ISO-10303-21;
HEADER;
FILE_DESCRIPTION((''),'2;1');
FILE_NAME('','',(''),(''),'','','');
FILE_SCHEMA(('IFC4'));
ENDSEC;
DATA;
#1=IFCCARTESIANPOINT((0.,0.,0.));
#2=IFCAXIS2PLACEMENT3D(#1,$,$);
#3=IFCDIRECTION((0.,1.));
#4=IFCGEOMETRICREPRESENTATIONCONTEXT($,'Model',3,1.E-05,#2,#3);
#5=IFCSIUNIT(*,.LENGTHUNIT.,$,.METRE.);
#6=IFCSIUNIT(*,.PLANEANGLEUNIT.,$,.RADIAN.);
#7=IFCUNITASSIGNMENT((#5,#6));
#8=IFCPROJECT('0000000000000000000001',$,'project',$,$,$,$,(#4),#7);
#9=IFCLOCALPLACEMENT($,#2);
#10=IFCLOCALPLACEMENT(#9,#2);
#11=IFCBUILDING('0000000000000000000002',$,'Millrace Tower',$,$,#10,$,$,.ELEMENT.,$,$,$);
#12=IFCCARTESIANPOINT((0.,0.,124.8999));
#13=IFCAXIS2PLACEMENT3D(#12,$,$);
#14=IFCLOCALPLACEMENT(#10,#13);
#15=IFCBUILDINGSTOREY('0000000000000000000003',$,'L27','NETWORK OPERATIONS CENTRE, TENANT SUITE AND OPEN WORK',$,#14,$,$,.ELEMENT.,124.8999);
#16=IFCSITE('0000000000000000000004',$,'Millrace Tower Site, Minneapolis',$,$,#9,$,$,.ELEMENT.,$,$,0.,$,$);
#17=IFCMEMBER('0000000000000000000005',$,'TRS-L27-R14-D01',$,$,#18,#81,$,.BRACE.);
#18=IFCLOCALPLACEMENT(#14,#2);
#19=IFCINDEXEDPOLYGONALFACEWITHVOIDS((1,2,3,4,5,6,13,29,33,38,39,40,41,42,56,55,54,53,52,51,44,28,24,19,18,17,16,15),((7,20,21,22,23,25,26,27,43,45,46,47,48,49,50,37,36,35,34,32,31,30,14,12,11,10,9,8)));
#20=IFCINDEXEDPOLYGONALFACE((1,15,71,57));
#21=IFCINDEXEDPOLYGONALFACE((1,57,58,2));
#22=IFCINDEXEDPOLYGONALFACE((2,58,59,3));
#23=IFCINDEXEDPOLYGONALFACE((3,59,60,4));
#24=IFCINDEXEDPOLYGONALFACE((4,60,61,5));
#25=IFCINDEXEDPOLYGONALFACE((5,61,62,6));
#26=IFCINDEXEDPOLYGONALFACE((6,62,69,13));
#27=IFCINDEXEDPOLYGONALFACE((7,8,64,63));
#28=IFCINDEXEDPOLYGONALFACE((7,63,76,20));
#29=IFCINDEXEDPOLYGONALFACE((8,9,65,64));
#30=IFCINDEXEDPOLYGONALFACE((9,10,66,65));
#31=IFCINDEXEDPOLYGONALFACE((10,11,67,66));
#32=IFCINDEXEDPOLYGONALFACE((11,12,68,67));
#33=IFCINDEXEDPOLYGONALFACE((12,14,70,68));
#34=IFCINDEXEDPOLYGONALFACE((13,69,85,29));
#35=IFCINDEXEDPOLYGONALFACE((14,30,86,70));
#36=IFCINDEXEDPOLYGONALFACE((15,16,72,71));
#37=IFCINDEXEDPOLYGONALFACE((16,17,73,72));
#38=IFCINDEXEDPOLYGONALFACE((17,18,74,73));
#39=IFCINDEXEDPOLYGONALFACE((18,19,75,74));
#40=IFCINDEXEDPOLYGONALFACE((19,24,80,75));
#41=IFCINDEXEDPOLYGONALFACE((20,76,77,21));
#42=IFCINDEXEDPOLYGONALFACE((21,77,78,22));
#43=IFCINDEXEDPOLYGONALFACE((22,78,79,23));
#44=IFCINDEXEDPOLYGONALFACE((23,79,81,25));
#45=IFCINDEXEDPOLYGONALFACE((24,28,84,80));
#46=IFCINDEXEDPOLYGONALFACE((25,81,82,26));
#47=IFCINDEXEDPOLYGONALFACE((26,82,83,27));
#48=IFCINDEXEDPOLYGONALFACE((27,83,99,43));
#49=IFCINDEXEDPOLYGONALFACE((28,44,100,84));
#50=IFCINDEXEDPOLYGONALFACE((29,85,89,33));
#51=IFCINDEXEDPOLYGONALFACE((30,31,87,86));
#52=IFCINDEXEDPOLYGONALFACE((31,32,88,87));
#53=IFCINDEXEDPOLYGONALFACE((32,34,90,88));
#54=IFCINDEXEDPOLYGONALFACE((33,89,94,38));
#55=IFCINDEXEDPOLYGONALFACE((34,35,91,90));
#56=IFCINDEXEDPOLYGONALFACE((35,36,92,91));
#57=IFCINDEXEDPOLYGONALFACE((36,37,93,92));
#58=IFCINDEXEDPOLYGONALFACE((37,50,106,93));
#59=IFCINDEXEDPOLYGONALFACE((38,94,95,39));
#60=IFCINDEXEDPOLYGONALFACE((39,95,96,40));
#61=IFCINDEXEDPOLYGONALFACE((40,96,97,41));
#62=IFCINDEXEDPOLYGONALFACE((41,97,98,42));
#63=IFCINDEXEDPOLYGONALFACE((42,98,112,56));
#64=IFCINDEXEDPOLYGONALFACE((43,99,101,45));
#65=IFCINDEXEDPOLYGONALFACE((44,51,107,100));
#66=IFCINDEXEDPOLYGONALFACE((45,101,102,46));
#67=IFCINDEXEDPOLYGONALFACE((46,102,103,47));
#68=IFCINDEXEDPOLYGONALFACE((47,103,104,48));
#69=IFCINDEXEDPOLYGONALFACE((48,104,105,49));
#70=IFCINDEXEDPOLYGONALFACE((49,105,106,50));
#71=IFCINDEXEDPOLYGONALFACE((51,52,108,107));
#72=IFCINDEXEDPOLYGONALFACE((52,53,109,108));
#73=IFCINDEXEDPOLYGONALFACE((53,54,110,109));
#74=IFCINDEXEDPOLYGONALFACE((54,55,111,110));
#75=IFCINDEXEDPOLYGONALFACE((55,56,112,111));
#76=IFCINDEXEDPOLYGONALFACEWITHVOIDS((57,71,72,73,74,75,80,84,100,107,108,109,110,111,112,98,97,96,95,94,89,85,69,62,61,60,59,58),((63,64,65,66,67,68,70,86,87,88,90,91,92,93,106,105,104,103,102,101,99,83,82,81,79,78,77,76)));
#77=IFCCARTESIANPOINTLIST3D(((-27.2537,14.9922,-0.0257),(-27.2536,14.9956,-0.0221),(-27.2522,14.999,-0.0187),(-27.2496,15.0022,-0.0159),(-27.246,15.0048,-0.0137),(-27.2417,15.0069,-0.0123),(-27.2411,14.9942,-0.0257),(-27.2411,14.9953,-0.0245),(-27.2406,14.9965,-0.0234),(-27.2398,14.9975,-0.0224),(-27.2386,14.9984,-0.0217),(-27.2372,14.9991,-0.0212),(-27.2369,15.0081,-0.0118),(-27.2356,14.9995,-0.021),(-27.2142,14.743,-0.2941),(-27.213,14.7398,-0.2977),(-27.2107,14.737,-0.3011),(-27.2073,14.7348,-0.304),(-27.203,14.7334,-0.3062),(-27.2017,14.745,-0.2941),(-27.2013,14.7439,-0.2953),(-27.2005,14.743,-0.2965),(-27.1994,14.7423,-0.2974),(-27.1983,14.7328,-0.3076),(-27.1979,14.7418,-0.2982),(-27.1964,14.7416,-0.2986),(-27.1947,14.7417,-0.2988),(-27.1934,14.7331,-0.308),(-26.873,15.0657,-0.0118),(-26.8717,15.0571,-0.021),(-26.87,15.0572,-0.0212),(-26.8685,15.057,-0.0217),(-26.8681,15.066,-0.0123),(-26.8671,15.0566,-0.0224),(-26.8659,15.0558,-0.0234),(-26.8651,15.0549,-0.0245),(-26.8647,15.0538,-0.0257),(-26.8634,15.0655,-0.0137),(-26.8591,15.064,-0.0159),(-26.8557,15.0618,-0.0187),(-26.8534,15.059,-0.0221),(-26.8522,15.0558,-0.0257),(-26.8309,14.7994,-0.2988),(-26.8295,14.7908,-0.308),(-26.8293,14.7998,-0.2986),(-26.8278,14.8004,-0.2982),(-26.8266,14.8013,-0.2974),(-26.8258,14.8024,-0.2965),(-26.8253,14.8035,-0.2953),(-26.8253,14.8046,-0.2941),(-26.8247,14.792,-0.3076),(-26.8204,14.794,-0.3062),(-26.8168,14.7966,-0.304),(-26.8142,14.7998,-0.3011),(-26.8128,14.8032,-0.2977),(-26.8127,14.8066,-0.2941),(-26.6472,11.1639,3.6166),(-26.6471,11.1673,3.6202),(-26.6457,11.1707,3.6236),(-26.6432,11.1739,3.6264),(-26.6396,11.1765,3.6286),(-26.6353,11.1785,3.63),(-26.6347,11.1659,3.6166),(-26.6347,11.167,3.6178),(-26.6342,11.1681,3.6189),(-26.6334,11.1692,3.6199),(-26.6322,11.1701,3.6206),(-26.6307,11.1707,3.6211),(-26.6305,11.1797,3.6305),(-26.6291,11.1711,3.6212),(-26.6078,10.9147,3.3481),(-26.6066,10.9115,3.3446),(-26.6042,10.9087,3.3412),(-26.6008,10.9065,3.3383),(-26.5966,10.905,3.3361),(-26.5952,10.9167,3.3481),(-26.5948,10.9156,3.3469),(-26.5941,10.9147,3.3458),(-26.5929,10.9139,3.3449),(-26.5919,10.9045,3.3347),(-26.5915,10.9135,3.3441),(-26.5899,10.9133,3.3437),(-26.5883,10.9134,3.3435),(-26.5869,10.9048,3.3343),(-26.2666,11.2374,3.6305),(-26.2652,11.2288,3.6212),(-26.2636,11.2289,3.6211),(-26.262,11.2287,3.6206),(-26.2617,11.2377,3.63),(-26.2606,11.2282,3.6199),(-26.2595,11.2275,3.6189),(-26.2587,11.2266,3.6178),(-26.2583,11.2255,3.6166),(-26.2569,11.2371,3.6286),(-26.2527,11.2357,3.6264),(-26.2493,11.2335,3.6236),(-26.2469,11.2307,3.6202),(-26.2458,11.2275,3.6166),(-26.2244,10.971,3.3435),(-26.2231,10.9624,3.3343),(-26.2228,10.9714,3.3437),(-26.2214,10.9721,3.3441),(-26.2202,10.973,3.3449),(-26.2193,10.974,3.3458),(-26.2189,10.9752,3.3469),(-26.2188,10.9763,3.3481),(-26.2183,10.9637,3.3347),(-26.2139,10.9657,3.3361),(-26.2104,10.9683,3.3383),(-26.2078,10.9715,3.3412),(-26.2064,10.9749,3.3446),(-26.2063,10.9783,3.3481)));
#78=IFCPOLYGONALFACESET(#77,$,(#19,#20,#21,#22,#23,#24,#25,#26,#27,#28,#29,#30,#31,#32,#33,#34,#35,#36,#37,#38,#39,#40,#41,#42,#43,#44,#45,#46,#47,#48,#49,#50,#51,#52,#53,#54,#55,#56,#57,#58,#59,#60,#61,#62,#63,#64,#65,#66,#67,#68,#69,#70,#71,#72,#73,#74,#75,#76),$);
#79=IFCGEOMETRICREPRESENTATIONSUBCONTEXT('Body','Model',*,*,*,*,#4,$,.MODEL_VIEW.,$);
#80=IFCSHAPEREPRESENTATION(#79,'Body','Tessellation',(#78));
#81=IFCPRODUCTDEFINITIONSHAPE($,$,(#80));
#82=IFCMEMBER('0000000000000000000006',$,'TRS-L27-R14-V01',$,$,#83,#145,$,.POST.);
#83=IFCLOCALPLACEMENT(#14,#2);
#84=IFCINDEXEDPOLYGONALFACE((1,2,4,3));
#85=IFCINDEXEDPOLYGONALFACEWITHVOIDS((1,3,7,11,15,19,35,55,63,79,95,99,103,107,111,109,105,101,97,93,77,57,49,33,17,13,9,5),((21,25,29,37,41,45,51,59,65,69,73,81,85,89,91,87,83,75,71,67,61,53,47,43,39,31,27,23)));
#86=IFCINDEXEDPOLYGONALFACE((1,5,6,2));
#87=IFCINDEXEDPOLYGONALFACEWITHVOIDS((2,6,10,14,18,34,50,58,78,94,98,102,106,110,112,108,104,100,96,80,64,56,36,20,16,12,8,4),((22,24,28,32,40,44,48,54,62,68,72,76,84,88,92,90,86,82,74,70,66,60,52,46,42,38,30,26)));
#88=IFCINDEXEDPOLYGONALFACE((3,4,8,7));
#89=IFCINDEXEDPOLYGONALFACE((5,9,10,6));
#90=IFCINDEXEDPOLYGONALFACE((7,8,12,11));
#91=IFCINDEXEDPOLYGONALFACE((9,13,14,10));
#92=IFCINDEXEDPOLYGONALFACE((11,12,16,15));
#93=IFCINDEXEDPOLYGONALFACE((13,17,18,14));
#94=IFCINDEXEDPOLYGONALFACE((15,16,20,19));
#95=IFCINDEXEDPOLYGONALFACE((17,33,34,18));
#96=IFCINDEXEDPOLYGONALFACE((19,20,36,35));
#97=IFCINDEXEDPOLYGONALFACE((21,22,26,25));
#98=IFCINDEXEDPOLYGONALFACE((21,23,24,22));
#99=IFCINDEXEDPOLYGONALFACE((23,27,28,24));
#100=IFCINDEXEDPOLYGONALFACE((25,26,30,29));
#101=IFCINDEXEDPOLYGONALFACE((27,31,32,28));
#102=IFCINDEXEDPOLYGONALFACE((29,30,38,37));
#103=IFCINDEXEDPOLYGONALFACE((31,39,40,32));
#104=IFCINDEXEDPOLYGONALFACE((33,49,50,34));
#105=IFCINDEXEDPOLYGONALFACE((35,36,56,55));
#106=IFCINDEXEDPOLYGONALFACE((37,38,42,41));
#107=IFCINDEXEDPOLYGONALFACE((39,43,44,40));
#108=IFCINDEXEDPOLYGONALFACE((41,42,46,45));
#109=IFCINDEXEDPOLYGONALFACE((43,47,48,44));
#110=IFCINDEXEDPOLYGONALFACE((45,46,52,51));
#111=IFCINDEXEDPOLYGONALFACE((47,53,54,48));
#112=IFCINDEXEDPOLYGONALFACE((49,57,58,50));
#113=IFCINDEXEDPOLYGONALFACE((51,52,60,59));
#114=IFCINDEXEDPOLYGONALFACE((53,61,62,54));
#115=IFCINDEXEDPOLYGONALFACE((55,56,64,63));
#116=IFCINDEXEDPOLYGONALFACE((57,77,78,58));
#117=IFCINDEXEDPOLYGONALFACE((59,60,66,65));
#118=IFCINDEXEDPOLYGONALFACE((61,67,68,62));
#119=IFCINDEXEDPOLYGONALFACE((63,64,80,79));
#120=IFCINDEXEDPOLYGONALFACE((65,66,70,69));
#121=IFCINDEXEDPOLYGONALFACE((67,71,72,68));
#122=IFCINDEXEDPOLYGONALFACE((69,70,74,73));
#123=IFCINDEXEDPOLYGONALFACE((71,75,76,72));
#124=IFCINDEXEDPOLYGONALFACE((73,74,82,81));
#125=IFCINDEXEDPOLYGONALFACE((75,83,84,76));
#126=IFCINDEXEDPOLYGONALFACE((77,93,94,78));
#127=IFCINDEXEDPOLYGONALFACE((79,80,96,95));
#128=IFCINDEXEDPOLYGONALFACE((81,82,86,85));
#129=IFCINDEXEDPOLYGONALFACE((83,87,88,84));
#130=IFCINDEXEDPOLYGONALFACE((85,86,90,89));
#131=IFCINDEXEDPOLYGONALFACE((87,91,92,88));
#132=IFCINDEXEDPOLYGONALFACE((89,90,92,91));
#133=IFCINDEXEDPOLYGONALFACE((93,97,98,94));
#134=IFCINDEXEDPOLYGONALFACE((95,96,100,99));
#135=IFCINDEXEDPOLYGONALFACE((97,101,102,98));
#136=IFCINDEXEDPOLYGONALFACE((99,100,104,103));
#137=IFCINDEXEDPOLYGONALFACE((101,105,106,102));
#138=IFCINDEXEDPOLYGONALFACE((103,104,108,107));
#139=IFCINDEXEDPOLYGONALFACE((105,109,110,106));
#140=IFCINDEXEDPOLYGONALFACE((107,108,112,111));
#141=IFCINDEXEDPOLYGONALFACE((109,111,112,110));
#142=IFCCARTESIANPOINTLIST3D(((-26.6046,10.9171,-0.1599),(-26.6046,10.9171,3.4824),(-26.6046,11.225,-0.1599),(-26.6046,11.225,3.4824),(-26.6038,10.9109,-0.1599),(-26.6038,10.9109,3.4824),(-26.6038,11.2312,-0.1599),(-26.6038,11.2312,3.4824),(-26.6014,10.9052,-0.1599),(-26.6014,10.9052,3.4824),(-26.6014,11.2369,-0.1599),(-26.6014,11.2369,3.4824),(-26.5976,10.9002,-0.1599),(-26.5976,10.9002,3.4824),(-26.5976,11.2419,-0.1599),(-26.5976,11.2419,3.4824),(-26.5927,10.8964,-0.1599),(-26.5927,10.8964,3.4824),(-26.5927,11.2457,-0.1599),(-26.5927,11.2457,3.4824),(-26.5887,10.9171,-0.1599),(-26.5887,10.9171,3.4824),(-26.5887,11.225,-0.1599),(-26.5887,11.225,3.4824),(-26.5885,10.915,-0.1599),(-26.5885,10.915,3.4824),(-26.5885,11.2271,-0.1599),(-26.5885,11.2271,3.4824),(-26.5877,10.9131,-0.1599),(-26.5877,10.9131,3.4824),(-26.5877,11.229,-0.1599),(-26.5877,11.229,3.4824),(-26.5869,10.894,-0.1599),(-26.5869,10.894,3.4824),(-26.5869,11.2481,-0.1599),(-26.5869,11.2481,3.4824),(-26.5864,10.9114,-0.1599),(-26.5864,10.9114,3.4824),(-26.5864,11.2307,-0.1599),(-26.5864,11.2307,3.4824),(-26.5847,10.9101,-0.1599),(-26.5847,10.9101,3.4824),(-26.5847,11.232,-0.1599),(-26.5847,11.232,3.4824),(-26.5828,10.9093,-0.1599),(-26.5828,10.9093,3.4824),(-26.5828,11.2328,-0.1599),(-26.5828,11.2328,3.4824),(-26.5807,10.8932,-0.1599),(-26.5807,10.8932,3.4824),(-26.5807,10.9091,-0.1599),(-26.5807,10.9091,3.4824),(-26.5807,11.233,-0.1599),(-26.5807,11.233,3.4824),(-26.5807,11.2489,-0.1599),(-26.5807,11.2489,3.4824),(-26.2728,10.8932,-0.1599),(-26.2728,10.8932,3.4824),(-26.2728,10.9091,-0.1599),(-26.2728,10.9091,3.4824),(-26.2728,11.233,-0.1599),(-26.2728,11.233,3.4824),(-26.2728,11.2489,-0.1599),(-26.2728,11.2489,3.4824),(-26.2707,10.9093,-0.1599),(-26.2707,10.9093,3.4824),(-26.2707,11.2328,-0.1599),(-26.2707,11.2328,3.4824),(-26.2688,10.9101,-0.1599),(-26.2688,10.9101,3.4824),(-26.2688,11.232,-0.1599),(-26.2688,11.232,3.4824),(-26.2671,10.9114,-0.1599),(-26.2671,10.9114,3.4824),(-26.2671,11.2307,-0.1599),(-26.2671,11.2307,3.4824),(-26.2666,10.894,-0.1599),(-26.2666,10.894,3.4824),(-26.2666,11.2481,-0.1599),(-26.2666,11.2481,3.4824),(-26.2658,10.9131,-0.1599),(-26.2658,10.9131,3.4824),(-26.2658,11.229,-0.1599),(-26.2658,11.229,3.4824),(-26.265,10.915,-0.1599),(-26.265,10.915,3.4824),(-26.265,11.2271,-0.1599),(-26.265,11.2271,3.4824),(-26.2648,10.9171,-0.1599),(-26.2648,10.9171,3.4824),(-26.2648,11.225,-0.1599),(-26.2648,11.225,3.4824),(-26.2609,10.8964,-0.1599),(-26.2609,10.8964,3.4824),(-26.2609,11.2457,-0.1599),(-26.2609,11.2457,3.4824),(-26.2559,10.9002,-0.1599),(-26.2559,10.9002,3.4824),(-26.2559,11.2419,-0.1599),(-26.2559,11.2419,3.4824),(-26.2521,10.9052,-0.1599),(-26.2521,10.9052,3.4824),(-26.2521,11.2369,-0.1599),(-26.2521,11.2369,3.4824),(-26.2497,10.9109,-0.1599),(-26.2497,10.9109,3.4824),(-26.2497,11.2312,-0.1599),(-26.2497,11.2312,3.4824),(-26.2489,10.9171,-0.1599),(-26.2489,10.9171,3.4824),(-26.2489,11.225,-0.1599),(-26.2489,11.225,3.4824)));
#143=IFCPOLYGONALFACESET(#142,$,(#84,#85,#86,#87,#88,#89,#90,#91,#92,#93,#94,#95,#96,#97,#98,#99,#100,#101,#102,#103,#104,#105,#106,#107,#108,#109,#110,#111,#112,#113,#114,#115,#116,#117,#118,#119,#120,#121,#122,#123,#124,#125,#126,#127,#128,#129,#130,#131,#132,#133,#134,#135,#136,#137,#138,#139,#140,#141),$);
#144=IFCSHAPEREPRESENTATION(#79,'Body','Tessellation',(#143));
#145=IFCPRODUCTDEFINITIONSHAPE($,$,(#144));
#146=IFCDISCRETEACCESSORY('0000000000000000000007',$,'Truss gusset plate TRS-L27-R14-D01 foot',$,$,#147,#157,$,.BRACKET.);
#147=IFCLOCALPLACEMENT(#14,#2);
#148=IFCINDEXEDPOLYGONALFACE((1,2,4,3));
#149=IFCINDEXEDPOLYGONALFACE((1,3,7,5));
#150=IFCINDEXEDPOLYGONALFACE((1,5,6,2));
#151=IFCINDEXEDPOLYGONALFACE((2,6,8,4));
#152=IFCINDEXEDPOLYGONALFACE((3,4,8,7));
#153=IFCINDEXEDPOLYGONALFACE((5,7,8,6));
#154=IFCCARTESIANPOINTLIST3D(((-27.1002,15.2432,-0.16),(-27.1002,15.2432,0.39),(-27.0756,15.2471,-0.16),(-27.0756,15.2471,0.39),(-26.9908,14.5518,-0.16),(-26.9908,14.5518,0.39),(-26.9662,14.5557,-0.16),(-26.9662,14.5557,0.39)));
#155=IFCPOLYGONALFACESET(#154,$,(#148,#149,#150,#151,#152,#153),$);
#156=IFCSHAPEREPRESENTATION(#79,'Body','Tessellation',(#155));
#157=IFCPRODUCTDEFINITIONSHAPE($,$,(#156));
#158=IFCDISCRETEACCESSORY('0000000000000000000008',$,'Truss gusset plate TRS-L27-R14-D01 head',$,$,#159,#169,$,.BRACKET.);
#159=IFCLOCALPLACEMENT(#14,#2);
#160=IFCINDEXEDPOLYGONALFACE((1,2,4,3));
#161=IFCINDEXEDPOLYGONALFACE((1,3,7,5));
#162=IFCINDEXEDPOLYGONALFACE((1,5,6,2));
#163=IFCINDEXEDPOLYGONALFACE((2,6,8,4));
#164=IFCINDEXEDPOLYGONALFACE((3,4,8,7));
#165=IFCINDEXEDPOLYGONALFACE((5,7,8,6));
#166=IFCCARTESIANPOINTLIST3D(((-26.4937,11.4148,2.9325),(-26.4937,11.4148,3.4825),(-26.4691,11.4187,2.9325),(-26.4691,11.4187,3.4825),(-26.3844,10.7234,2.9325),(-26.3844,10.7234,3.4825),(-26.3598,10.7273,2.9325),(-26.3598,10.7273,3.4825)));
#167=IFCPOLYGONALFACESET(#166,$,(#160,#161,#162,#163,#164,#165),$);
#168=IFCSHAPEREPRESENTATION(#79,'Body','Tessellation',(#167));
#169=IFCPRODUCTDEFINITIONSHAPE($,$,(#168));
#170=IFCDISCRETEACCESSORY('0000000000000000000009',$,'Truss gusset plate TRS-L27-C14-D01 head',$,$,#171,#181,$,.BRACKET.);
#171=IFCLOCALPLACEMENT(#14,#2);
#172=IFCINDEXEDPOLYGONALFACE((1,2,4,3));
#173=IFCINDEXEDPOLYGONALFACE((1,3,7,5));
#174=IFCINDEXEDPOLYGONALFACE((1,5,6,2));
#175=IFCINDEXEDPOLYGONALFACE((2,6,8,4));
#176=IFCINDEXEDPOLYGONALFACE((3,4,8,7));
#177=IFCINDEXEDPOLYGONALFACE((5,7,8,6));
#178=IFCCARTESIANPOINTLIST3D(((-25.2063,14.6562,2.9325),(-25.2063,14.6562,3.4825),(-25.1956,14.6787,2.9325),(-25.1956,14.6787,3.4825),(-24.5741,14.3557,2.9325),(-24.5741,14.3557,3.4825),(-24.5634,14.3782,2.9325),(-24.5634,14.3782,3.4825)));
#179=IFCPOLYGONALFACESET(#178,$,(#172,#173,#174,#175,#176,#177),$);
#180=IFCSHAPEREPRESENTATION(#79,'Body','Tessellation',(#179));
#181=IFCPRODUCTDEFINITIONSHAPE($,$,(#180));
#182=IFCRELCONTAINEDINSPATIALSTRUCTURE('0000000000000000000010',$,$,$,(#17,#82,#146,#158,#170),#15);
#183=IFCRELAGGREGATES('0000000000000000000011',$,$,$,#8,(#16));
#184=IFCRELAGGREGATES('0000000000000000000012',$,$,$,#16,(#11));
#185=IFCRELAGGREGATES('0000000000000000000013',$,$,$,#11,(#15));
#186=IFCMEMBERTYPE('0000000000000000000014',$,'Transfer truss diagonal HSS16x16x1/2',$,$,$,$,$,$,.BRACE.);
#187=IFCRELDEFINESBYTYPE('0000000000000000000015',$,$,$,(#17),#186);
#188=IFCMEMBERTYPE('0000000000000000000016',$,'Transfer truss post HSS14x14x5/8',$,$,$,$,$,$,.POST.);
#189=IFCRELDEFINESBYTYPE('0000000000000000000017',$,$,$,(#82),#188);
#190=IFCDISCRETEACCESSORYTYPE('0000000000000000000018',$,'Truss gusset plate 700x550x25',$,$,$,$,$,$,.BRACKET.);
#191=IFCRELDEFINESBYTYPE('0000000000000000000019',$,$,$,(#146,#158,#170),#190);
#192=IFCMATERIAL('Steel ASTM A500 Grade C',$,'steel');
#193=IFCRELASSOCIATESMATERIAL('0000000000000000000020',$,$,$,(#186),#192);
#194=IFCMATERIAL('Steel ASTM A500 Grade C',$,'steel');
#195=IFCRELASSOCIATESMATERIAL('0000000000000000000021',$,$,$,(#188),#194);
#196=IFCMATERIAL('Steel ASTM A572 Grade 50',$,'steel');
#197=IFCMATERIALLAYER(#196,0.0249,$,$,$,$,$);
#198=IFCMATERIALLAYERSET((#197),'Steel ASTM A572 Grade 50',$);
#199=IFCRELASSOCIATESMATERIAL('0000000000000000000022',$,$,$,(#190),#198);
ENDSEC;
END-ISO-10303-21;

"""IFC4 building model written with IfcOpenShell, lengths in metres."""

from ifc_helpers import new_model, si_unit, direction, frame, origin, origin_2d, place, context, subcontext, project, spatial, rectangle, hollow_rectangle, extrude, material, layer, layer_set, material_profile, profile_set, type_object, element, save


model = new_model("IFC4")

# Units and contexts
model_context = context("Model", 3, precision=1e-05, world=origin(), true_north=direction((0.0, 1.0)))
body_context = subcontext(model_context, "Body", "Model", "MODEL_VIEW")
ifc_project = project(units=[si_unit("LENGTHUNIT", "METRE"), si_unit("PLANEANGLEUNIT", "RADIAN")], contexts=[model_context])

# Site, building, storey
site_placement = place(None, origin())
site = spatial("IfcSite", under=ifc_project, at=site_placement, Name="Millrace Tower Site, Minneapolis", CompositionType="ELEMENT", RefElevation=0.0)
building_placement = place(site_placement, origin())
building = spatial("IfcBuilding", under=site, at=building_placement, Name="Millrace Tower", CompositionType="ELEMENT")
storey_placement = place(building_placement, frame((0.0, 0.0, 124.8999)))
storey = spatial("IfcBuildingStorey", under=building, at=storey_placement, Name="L27", Description="NETWORK OPERATIONS CENTRE, TENANT SUITE AND OPEN WORK", CompositionType="ELEMENT", Elevation=124.8999)

# Members
ifc_material_1 = material(Name="Steel ASTM A500 Grade C", Category="steel")
ifc_material_profile_1 = material_profile(ifc_material_1, hollow_rectangle(XDim=0.4065, YDim=0.4065, WallThickness=0.0127, InnerFilletRadius=0.0063, OuterFilletRadius=0.019, at=origin_2d()))
ifc_profile_set_1 = profile_set([ifc_material_profile_1], Name="Steel ASTM A500 Grade C")
member_type_1 = type_object("IfcMemberType", Name="Transfer truss diagonal HSS16x16x1/2", PredefinedType="BRACE", material=ifc_profile_set_1)
member_1_placement = place(storey_placement, frame((-27.0332, 14.8994, -0.1599), z_axis=(0.114017, -0.719766, 0.68479), x_axis=(0.987685, 0.156457, 0.0)))
element("IfcMember", 1, at=member_1_placement, inside=storey, type_object=member_type_1, Name="TRS-L27-R14-D01", PredefinedType="BRACE", context=body_context, shape_type="SweptSolid", body=[
    extrude(hollow_rectangle(XDim=0.4065, YDim=0.4065, WallThickness=0.0127, InnerFilletRadius=0.0063, OuterFilletRadius=0.019, at=origin_2d()), origin(), (0.0, 0.0, 1.0), 5.3188),
])
ifc_material_2 = material(Name="Steel ASTM A500 Grade C", Category="steel")
ifc_material_profile_2 = material_profile(ifc_material_2, hollow_rectangle(XDim=0.3557, YDim=0.3557, WallThickness=0.0159, InnerFilletRadius=0.0081, OuterFilletRadius=0.0239, at=origin_2d()))
ifc_profile_set_2 = profile_set([ifc_material_profile_2], Name="Steel ASTM A500 Grade C")
member_type_2 = type_object("IfcMemberType", Name="Transfer truss post HSS14x14x5/8", PredefinedType="POST", material=ifc_profile_set_2)
member_2_placement = place(storey_placement, frame((-26.4268, 11.071, -0.1599), z_axis=(0.0, 0.0, 1.0), x_axis=(1.0, 0.0, 0.0)))
element("IfcMember", 2, at=member_2_placement, inside=storey, type_object=member_type_2, Name="TRS-L27-R14-V01", PredefinedType="POST", context=body_context, shape_type="SweptSolid", body=[
    extrude(hollow_rectangle(XDim=0.3557, YDim=0.3557, WallThickness=0.0159, InnerFilletRadius=0.0081, OuterFilletRadius=0.0239, at=origin_2d()), origin(), (0.0, 0.0, 1.0), 3.6423),
])

# Discrete accessories
ifc_material_3 = material(Name="Steel ASTM A572 Grade 50", Category="steel")
ifc_layer_1 = layer(ifc_material_3, 0.0249)
ifc_layer_set_1 = layer_set([ifc_layer_1], Name="Steel ASTM A572 Grade 50")
discrete_accessory_type = type_object("IfcDiscreteAccessoryType", Name="Truss gusset plate 700x550x25", PredefinedType="BRACKET", material=ifc_layer_set_1)
for number, where, z_axis, x_axis, name in (
    (3, (-27.0879, 15.2451, 0.115), (0.156249, -0.987718, 0.0), (0.987718, 0.156249, 0.0), "Truss gusset plate TRS-L27-R14-D01 foot"),
    (4, (-26.4814, 11.4167, 3.2075), (0.156249, -0.987718, 0.0), (0.987718, 0.156249, 0.0), "Truss gusset plate TRS-L27-R14-D01 head"),
    (5, (-25.2009, 14.6675, 3.2075), (0.903112, -0.429405, 0.0), (0.429405, 0.903112, 0.0), "Truss gusset plate TRS-L27-C14-D01 head"),
):
    element("IfcDiscreteAccessory", number, at=place(storey_placement, frame(where, z_axis=z_axis, x_axis=x_axis)), inside=storey, type_object=discrete_accessory_type, Name=name, PredefinedType="BRACKET", context=body_context, shape_type="SweptSolid", body=[
        extrude(rectangle(XDim=0.0249, YDim=0.55, at=origin_2d()), origin(), (0.0, 0.0, 1.0), 0.7),
    ])

save(model, "model.ifc")
